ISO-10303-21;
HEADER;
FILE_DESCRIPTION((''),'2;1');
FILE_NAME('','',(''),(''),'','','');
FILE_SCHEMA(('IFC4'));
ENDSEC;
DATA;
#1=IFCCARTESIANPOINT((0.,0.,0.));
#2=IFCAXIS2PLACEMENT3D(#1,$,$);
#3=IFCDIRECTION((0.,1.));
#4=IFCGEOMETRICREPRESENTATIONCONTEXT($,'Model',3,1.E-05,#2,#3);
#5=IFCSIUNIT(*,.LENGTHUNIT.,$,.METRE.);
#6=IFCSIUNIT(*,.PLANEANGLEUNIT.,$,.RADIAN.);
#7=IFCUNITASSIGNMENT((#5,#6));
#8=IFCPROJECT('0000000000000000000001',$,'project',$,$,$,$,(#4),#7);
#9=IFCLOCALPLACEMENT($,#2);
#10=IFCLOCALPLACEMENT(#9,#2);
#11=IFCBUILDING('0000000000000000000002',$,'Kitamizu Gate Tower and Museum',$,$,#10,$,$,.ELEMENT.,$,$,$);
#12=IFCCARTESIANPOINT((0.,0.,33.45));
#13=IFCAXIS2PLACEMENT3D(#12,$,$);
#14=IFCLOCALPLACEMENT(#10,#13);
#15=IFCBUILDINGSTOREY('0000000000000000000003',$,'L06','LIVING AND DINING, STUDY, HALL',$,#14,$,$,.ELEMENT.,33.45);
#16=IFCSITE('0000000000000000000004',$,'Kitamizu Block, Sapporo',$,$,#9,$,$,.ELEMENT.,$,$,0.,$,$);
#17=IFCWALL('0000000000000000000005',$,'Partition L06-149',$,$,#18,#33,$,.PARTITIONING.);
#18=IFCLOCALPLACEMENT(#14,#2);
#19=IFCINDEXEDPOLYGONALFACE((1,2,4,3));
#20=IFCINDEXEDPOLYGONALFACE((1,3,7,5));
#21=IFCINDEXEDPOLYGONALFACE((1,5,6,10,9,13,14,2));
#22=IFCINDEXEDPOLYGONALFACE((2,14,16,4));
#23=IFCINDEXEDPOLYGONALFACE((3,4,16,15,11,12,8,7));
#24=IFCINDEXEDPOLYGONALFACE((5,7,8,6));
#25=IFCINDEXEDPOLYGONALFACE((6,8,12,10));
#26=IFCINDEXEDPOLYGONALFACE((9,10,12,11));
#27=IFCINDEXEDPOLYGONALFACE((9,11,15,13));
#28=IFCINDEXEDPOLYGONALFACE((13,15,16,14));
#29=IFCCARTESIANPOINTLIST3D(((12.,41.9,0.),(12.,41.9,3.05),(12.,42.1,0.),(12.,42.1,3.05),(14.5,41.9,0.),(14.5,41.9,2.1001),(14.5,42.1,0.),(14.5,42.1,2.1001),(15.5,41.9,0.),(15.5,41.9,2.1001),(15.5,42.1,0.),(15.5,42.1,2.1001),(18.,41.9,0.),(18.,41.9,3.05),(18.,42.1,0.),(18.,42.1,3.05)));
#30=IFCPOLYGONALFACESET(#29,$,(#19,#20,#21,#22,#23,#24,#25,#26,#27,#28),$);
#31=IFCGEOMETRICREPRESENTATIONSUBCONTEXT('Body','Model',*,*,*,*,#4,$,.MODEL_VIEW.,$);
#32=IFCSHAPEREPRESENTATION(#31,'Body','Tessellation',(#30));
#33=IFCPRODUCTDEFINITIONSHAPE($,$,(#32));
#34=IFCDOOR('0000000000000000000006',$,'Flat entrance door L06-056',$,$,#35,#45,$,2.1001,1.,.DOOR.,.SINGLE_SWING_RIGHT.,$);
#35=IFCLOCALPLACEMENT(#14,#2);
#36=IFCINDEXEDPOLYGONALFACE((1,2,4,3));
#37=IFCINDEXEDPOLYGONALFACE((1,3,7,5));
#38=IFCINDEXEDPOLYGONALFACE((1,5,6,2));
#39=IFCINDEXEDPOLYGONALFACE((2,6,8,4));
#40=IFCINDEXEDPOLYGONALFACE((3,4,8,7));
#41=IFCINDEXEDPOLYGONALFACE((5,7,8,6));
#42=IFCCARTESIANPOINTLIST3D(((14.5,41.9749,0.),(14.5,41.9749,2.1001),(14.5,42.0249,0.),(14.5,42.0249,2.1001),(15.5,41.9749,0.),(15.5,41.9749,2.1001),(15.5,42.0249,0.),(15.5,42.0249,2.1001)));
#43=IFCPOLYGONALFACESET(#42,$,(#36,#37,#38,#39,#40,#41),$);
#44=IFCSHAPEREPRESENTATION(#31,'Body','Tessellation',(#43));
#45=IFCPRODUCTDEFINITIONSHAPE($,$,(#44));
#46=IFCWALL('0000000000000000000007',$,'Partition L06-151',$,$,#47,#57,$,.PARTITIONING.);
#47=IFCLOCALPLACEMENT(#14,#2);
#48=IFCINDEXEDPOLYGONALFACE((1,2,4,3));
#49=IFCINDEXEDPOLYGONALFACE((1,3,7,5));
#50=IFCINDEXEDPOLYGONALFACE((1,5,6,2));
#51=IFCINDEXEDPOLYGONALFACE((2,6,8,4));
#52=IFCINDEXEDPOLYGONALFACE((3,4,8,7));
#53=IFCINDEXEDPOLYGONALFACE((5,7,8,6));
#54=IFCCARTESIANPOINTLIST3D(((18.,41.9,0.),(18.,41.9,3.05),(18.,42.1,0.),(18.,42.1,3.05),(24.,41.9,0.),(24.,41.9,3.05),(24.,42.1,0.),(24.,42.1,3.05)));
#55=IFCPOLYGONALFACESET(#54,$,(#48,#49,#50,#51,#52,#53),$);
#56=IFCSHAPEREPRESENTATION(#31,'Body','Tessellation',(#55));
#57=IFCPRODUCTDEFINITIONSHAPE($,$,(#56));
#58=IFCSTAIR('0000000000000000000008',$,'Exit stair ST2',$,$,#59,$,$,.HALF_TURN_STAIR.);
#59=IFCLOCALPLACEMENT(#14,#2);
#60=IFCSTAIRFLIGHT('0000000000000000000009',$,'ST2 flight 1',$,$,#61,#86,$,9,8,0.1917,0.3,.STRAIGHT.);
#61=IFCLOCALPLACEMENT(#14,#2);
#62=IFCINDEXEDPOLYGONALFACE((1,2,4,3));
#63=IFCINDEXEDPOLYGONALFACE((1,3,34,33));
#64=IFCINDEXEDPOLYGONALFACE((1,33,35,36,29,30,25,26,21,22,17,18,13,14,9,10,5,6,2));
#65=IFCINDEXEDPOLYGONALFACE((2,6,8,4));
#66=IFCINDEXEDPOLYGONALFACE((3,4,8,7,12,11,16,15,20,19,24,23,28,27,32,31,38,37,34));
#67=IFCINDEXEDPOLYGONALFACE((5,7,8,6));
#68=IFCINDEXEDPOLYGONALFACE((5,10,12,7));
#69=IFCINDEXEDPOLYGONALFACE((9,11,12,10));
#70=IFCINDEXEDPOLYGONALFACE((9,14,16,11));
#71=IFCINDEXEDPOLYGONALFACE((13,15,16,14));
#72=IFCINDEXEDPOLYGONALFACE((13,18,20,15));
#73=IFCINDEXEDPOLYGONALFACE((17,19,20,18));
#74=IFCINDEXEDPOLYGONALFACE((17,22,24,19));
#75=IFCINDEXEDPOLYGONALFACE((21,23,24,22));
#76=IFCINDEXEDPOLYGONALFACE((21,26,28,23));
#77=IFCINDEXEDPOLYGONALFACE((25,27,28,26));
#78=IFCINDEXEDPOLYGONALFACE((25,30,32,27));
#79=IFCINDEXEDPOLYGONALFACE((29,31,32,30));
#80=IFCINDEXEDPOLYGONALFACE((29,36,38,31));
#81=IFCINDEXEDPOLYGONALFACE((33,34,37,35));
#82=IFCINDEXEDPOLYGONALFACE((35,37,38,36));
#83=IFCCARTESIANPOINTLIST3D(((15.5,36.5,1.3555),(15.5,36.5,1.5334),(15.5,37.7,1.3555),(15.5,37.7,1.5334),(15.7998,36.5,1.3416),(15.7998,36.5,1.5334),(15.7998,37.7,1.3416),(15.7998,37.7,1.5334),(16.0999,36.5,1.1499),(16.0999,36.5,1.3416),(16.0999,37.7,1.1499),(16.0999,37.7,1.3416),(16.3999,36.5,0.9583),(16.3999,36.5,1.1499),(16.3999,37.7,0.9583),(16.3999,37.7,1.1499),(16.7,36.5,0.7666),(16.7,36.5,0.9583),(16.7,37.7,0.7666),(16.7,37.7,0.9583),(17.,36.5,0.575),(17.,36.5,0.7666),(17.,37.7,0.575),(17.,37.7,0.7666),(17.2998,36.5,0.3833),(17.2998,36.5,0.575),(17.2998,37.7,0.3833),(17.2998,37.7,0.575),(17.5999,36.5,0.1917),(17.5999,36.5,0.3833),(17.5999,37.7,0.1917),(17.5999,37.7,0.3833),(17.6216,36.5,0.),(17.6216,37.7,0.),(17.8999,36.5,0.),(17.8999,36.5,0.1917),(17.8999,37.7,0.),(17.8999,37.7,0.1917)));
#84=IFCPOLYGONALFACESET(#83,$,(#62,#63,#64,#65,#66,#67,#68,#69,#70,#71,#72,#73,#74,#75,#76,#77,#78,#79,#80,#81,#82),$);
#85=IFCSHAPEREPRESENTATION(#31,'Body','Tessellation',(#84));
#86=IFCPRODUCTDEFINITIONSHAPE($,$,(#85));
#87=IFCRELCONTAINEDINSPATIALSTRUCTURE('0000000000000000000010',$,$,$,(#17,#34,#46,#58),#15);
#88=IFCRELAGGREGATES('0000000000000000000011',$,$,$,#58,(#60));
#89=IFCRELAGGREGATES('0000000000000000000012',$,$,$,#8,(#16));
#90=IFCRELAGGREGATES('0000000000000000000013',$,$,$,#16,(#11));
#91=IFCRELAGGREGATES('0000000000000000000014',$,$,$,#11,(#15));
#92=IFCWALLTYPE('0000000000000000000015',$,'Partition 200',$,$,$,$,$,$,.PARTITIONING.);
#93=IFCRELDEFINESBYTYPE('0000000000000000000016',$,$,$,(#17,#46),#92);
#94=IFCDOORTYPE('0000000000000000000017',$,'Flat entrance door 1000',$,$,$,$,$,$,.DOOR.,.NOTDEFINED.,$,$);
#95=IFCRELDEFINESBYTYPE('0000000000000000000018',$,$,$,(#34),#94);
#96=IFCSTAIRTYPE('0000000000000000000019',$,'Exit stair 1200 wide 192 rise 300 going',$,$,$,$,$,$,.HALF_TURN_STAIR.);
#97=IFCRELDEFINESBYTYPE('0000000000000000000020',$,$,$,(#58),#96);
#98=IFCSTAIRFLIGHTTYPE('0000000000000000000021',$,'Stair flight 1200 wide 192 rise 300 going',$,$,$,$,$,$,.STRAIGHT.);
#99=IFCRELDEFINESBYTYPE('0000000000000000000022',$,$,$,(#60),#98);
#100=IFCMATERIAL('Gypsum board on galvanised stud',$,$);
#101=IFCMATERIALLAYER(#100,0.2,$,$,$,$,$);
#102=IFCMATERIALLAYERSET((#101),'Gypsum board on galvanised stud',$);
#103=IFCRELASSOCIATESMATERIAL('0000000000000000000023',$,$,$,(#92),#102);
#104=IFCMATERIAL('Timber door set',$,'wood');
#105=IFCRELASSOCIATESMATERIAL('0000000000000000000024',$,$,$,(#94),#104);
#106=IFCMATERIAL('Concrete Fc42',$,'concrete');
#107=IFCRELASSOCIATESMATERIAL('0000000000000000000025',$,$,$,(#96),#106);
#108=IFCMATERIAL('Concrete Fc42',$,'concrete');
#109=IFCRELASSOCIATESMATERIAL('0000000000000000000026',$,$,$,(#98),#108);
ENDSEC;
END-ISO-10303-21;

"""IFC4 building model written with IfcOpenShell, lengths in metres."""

from ifc_helpers import new_model, si_unit, direction, frame, frame_2d, origin, place, context, subcontext, project, spatial, polyline, rectangle, outline, extrude, material, layer, layer_set, type_object, element, fill, aggregate, save


model = new_model("IFC4")

# Units and contexts
model_context = context("Model", 3, precision=1e-05, world=origin(), true_north=direction((0.0, 1.0)))
body_context = subcontext(model_context, "Body", "Model", "MODEL_VIEW")
ifc_project = project(units=[si_unit("LENGTHUNIT", "METRE"), si_unit("PLANEANGLEUNIT", "RADIAN")], contexts=[model_context])

# Site, building, storey
site_placement = place(None, origin())
site = spatial("IfcSite", under=ifc_project, at=site_placement, Name="Kitamizu Block, Sapporo", CompositionType="ELEMENT", RefElevation=0.0)
building_placement = place(site_placement, origin())
building = spatial("IfcBuilding", under=site, at=building_placement, Name="Kitamizu Gate Tower and Museum", CompositionType="ELEMENT")
storey_placement = place(building_placement, frame((0.0, 0.0, 33.45)))
storey = spatial("IfcBuildingStorey", under=building, at=storey_placement, Name="L06", Description="LIVING AND DINING, STUDY, HALL", CompositionType="ELEMENT", Elevation=33.45)

# Shared definitions
ifc_material_1 = material(Name="Gypsum board on galvanised stud")
ifc_layer_1 = layer(ifc_material_1, 0.2)
ifc_layer_set_1 = layer_set([ifc_layer_1], Name="Gypsum board on galvanised stud")
wall_type_1 = type_object("IfcWallType", Name="Partition 200", PredefinedType="PARTITIONING", material=ifc_layer_set_1)

# Wall, opening, door
wall_1_placement = place(storey_placement, frame((12.0, 42.0, 0.0), z_axis=(0.0, 0.0, 1.0), x_axis=(1.0, 0.0, 0.0)))
wall_1 = element("IfcWall", 1, at=wall_1_placement, inside=storey, type_object=wall_type_1, Name="Partition L06-149", PredefinedType="PARTITIONING", context=body_context, shape_type="SweptSolid", body=[
    extrude(rectangle(XDim=6.0, YDim=0.2, at=frame_2d((3.0, 0.0))), origin(), (0.0, 0.0, 1.0), 3.05),
])
opening_1_placement = place(wall_1_placement, frame((2.5, 0.0, 0.0)))
opening_1 = element("IfcOpeningElement", 2, at=opening_1_placement, cuts=wall_1, PredefinedType="OPENING", context=body_context, shape_type="SweptSolid", body=[
    extrude(rectangle(XDim=1.0, YDim=2.1001, at=frame_2d((0.5, 1.05))), frame((0.0, 0.1099, 0.0), z_axis=(0.0, -1.0, 0.0), x_axis=(1.0, 0.0, 0.0)), (0.0, 0.0, 1.0), 0.22),
])
ifc_material_2 = material(Name="Timber door set", Category="wood")
door_type_1 = type_object("IfcDoorType", Name="Flat entrance door 1000", OperationType="NOTDEFINED", PredefinedType="DOOR", material=ifc_material_2)
door_1_placement = place(opening_1_placement, origin())
door_1 = element("IfcDoor", 3, at=door_1_placement, inside=storey, type_object=door_type_1, Name="Flat entrance door L06-056", OperationType="SINGLE_SWING_RIGHT", OverallHeight=2.1001, OverallWidth=1.0, PredefinedType="DOOR", context=body_context, shape_type="SweptSolid", body=[
    extrude(rectangle(XDim=1.0, YDim=2.1001, at=frame_2d((0.5, 1.05))), frame((0.0, 0.0249, 0.0), z_axis=(0.0, -1.0, 0.0), x_axis=(1.0, 0.0, 0.0)), (0.0, 0.0, 1.0), 0.05),
])
fill(opening_1, door_1)

# Wall
wall_2_placement = place(storey_placement, frame((18.0, 42.0, 0.0), z_axis=(0.0, 0.0, 1.0), x_axis=(1.0, 0.0, 0.0)))
element("IfcWall", 4, at=wall_2_placement, inside=storey, type_object=wall_type_1, Name="Partition L06-151", PredefinedType="PARTITIONING", context=body_context, shape_type="SweptSolid", body=[
    extrude(rectangle(XDim=6.0, YDim=0.2, at=frame_2d((3.0, 0.0))), origin(), (0.0, 0.0, 1.0), 3.05),
])

# Stair, stair flight
ifc_material_3 = material(Name="Concrete Fc42", Category="concrete")
stair_type = type_object("IfcStairType", Name="Exit stair 1200 wide 192 rise 300 going", PredefinedType="HALF_TURN_STAIR", material=ifc_material_3)
stair_placement = place(storey_placement, origin())
stair = element("IfcStair", 5, at=stair_placement, inside=storey, type_object=stair_type, Name="Exit stair ST2", PredefinedType="HALF_TURN_STAIR")
ifc_material_4 = material(Name="Concrete Fc42", Category="concrete")
stair_flight_type = type_object("IfcStairFlightType", Name="Stair flight 1200 wide 192 rise 300 going", PredefinedType="STRAIGHT", material=ifc_material_4)
stair_flight_placement = place(storey_placement, frame((17.8999, 37.1001, 0.0), z_axis=(0.0, 0.0, 1.0), x_axis=(-1.0, 0.0, 0.0)))
stair_flight = element("IfcStairFlight", 6, at=stair_flight_placement, type_object=stair_flight_type, Name="ST2 flight 1", NumberOfRisers=9, NumberOfTreads=8, PredefinedType="STRAIGHT", RiserHeight=0.1917, TreadLength=0.3, context=body_context, shape_type="SweptSolid", body=[
    extrude(outline(polyline([(0.0, 0.0), (0.0, 0.1917), (0.3, 0.1917), (0.3, 0.3833), (0.6001, 0.3833), (0.6001, 0.575), (0.8999, 0.575), (0.8999, 0.7666), (1.2, 0.7666), (1.2, 0.9583), (1.5, 0.9583), (1.5, 1.1499), (1.8, 1.1499), (1.8, 1.3416), (2.1001, 1.3416), (2.1001, 1.5334), (2.3999, 1.5334), (2.3999, 1.7251), (2.3999, 1.3555), (0.2783, 0.0), (0.0, 0.0)])), frame((0.0, 0.6001, 0.0), z_axis=(0.0, -1.0, 0.0), x_axis=(1.0, 0.0, 0.0)), (0.0, 0.0, 1.0), 1.2),
])
aggregate(stair, [stair_flight])

save(model, "model.ifc")
